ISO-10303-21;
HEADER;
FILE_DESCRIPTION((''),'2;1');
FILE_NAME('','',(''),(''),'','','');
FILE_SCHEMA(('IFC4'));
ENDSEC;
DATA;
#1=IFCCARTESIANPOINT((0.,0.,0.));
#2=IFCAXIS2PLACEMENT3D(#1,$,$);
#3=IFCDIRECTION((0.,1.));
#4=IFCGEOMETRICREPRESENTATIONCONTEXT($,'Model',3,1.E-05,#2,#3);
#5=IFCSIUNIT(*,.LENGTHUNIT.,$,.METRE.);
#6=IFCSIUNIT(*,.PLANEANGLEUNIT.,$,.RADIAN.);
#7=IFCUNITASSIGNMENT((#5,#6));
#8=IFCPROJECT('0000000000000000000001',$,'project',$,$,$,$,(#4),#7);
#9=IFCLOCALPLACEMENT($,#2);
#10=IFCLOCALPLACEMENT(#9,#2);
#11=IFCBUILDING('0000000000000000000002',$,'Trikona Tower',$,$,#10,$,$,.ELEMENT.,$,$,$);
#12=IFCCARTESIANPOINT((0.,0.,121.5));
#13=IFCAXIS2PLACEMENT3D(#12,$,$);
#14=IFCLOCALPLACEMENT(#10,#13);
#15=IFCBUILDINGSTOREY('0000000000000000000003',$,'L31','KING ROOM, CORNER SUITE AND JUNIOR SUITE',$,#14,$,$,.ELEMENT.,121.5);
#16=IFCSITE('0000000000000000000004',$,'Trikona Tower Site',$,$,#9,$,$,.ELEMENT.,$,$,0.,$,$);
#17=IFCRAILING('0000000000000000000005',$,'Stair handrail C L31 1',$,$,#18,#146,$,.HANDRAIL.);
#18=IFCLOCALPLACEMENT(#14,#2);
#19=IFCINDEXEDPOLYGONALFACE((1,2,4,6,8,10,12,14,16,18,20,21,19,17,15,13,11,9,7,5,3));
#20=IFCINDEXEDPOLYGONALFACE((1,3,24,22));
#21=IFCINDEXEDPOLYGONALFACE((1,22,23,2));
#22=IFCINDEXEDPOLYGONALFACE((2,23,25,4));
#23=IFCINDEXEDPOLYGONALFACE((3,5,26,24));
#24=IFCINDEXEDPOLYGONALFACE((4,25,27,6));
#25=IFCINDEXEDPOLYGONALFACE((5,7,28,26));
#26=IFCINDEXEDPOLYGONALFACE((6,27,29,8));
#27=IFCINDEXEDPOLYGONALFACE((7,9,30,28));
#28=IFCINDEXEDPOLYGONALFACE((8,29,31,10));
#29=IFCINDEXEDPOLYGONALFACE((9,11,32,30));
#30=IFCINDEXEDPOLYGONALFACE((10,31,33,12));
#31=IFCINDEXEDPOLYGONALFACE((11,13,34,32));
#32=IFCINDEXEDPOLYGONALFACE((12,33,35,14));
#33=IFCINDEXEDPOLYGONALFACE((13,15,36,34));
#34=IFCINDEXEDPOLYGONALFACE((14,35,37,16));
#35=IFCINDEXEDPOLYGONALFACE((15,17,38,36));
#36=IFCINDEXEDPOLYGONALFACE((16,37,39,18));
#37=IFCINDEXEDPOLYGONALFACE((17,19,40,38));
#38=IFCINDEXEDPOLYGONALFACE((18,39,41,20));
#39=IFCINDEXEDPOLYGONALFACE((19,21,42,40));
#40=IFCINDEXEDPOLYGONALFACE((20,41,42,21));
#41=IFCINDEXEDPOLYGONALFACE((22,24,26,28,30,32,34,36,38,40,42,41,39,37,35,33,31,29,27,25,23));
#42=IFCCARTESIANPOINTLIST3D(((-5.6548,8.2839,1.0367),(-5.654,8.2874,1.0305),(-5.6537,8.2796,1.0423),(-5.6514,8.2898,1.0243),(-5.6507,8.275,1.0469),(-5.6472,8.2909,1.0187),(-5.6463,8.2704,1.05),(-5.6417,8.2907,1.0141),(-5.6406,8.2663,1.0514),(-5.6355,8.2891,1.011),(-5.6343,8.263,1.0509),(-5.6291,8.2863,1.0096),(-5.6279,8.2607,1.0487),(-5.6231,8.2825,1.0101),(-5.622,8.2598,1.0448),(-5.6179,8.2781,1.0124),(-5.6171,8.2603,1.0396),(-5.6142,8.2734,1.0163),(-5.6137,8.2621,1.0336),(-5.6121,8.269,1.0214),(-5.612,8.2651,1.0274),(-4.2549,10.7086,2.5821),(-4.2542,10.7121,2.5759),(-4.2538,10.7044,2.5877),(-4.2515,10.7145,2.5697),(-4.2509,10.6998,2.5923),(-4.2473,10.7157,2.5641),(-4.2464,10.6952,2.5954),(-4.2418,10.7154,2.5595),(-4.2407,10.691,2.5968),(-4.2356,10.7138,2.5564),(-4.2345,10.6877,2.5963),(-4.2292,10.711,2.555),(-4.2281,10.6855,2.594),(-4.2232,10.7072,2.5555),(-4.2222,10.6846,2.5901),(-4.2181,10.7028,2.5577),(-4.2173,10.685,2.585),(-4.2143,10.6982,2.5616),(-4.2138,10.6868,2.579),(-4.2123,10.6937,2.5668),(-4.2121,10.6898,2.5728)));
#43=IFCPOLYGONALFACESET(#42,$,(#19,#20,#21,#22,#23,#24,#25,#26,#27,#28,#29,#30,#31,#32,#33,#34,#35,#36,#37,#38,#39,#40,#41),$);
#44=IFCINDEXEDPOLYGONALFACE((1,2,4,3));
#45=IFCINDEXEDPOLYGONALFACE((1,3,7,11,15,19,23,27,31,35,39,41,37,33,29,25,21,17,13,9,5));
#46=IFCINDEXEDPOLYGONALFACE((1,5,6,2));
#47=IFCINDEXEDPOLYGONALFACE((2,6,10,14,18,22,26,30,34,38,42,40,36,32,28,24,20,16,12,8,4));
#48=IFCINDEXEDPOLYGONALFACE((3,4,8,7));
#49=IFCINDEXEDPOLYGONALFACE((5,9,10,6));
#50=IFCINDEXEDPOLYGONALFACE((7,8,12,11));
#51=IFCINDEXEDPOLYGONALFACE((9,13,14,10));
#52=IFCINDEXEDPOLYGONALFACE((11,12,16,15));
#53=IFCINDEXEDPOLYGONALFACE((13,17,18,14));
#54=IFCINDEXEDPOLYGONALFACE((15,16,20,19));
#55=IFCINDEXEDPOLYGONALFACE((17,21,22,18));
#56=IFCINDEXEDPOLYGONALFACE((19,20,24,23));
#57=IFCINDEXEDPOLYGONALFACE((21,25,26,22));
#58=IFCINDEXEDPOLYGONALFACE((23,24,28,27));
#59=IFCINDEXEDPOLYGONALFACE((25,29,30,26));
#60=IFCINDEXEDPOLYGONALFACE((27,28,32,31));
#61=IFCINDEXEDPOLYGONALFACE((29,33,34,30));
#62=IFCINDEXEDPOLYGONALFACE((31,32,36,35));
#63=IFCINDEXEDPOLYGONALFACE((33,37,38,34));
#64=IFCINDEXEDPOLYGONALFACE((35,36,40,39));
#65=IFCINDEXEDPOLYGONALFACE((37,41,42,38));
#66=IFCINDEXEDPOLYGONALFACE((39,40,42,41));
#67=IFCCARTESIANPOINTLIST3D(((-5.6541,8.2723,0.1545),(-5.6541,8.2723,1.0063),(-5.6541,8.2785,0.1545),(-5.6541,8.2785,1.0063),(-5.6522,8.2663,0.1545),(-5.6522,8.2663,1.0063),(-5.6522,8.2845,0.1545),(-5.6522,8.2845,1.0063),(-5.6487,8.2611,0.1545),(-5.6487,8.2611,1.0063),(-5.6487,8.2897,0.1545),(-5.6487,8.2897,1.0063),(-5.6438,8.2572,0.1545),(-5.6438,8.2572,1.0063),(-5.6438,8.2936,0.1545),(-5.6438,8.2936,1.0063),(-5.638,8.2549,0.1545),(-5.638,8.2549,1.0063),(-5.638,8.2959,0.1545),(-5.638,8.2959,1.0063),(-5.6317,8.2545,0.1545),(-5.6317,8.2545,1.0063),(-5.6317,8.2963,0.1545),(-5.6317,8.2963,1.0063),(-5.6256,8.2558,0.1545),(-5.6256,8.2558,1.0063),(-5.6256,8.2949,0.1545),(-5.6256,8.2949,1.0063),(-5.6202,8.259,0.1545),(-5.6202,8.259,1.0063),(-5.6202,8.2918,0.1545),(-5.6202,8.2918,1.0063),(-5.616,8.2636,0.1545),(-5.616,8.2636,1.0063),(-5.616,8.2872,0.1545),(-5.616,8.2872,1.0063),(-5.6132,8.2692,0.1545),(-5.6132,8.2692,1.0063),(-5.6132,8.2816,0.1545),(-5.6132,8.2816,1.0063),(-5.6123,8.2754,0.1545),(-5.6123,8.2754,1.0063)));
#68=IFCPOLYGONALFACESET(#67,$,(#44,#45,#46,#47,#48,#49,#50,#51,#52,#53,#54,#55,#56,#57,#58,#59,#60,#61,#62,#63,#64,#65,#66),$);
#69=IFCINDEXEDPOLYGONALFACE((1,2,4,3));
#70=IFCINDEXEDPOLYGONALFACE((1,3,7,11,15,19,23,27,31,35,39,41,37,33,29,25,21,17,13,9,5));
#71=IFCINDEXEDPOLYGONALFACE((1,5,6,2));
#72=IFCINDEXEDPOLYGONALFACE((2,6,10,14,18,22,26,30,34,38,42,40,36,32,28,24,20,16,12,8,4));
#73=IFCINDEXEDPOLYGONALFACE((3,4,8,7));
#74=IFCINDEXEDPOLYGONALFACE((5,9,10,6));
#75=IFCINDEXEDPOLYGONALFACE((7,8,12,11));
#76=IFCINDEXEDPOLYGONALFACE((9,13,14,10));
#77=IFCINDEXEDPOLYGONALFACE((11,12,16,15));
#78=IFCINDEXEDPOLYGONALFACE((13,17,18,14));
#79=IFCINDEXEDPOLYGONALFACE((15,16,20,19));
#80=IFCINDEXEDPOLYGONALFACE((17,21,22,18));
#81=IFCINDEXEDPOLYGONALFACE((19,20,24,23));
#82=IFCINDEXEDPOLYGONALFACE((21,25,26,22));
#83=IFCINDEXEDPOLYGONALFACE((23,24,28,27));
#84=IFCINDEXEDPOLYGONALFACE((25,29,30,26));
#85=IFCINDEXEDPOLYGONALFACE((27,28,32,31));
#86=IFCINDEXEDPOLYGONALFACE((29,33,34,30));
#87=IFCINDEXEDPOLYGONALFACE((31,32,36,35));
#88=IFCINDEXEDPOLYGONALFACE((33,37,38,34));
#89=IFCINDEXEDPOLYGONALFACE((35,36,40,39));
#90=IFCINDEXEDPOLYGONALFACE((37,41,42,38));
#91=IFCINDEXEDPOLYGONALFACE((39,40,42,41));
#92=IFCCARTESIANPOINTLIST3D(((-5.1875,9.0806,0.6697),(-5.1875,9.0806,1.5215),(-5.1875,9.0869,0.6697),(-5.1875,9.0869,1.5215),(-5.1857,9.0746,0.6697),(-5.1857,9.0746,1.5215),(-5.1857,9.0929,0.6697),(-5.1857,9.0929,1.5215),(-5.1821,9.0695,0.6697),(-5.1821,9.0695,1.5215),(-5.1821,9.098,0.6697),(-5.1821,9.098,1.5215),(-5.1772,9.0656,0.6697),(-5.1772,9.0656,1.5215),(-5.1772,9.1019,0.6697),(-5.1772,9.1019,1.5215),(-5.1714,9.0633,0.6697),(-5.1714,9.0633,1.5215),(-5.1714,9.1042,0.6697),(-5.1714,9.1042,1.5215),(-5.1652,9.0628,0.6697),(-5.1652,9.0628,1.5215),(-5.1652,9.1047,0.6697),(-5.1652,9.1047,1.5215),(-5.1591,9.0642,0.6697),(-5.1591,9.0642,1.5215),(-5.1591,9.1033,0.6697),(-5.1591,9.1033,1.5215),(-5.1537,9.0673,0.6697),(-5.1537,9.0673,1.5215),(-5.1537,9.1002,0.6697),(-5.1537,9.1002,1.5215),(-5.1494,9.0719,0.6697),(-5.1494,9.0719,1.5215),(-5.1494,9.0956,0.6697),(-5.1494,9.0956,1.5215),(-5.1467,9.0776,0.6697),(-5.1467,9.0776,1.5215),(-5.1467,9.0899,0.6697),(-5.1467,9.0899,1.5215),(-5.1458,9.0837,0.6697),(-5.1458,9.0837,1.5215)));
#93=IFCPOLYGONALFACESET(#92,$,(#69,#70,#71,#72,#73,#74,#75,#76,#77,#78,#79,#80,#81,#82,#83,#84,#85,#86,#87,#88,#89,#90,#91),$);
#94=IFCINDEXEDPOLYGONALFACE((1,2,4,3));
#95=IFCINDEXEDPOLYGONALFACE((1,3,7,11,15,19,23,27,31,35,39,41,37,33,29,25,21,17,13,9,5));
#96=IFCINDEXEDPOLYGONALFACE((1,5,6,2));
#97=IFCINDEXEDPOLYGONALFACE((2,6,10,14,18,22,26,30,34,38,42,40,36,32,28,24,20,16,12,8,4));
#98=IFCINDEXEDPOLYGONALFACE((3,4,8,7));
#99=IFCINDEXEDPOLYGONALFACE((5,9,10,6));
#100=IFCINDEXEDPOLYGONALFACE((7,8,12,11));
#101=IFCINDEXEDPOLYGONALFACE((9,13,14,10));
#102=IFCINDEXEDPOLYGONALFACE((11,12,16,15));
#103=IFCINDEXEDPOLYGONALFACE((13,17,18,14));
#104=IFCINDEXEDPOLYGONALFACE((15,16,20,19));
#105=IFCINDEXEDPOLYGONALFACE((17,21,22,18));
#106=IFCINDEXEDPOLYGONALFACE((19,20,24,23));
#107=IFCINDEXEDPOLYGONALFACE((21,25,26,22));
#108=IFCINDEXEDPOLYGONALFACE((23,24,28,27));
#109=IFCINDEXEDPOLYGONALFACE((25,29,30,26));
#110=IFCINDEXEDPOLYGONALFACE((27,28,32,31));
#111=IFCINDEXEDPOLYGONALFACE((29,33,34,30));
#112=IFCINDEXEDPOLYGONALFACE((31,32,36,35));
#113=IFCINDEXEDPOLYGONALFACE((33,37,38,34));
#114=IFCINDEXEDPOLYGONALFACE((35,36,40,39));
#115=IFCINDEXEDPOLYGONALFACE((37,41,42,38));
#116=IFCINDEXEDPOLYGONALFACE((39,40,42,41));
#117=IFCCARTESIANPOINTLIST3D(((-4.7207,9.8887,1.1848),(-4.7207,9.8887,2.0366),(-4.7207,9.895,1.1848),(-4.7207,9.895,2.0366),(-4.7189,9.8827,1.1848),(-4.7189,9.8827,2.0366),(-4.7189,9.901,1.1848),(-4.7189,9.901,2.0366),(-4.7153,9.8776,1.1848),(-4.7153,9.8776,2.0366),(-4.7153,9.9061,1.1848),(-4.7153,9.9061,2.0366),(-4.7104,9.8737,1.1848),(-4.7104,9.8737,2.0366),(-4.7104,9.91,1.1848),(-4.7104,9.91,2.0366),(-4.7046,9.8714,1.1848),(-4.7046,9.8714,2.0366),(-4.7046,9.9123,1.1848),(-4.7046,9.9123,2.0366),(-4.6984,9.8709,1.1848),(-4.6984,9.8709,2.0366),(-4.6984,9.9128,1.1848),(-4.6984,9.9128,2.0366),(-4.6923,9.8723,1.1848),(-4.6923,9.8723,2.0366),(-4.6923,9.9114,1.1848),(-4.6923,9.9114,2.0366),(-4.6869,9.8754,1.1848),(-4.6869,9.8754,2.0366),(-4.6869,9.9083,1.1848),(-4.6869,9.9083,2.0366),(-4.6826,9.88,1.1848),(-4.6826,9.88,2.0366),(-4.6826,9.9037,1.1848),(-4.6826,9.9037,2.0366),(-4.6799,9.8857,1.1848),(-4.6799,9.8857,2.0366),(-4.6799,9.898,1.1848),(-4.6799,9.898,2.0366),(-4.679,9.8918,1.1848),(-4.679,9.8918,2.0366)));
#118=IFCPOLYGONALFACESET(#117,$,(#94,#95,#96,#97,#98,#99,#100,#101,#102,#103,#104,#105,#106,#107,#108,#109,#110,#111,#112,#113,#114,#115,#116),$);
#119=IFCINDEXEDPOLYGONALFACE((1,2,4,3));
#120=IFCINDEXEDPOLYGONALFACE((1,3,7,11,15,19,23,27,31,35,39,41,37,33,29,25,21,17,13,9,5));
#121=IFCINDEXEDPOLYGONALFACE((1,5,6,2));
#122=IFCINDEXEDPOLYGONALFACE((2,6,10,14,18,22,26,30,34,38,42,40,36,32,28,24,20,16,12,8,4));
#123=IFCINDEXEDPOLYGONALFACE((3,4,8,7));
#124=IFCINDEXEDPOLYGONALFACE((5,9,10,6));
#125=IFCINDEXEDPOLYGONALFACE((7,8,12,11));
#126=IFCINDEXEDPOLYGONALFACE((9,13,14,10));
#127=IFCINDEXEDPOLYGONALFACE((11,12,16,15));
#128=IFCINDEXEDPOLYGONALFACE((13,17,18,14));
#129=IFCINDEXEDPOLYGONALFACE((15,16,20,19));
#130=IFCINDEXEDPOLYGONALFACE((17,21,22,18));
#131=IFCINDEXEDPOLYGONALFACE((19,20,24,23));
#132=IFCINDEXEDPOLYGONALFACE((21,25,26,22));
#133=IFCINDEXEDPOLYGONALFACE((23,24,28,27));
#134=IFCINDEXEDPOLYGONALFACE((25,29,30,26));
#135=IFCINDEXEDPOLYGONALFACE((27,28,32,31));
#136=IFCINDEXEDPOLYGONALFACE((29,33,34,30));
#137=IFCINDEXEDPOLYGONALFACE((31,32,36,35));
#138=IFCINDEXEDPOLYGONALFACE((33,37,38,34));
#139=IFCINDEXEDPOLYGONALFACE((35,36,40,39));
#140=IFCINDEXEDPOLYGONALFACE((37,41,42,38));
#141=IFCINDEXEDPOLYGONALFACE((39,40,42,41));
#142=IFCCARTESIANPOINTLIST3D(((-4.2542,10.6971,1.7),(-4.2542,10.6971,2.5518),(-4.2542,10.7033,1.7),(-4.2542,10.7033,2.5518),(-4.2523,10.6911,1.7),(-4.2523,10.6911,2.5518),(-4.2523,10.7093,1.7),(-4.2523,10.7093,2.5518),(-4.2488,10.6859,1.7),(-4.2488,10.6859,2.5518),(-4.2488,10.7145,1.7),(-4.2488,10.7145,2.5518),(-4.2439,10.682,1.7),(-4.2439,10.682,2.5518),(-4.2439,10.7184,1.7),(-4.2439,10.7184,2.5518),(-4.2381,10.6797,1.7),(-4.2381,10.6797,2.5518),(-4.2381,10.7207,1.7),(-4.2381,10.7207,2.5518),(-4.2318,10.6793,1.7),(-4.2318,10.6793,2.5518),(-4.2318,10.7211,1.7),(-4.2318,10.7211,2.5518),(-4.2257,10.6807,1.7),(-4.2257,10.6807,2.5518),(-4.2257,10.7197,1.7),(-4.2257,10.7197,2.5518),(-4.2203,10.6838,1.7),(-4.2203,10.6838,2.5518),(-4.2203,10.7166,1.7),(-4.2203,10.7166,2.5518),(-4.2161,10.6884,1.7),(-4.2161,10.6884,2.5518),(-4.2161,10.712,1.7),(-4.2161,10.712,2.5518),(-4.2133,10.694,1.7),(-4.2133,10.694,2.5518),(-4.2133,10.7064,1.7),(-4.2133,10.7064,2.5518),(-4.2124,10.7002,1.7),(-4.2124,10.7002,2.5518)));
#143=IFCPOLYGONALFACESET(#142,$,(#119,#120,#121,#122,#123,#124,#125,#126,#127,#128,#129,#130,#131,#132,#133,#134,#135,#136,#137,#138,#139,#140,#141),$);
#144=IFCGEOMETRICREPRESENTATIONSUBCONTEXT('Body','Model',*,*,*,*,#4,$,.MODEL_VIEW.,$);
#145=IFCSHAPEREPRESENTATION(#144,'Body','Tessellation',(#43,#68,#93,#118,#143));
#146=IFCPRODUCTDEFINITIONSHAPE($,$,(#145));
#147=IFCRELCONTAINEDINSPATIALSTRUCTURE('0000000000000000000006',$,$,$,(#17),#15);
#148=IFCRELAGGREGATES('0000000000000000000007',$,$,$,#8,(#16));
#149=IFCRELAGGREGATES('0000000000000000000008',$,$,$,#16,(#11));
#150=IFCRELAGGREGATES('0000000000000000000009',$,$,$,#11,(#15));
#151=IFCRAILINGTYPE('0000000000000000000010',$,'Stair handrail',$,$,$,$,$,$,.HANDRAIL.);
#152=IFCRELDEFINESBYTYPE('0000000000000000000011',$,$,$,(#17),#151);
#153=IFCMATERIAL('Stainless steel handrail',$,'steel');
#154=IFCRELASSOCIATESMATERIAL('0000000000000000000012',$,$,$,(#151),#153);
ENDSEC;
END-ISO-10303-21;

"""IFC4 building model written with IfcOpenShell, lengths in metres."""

from ifc_helpers import new_model, si_unit, direction, frame, origin, origin_2d, place, context, subcontext, project, spatial, circle, extrude, material, type_object, element, save


model = new_model("IFC4")

# Units and contexts
model_context = context("Model", 3, precision=1e-05, world=origin(), true_north=direction((0.0, 1.0)))
body_context = subcontext(model_context, "Body", "Model", "MODEL_VIEW")
ifc_project = project(units=[si_unit("LENGTHUNIT", "METRE"), si_unit("PLANEANGLEUNIT", "RADIAN")], contexts=[model_context])

# Site, building, storey
site_placement = place(None, origin())
site = spatial("IfcSite", under=ifc_project, at=site_placement, Name="Trikona Tower Site", CompositionType="ELEMENT", RefElevation=0.0)
building_placement = place(site_placement, origin())
building = spatial("IfcBuilding", under=site, at=building_placement, Name="Trikona Tower", CompositionType="ELEMENT")
storey_placement = place(building_placement, frame((0.0, 0.0, 121.5)))
storey = spatial("IfcBuildingStorey", under=building, at=storey_placement, Name="L31", Description="KING ROOM, CORNER SUITE AND JUNIOR SUITE", CompositionType="ELEMENT", Elevation=121.5)

# Railing
ifc_material_1 = material(Name="Stainless steel handrail", Category="steel")
railing_type = type_object("IfcRailingType", Name="Stair handrail", PredefinedType="HANDRAIL", material=ifc_material_1)
railing_1_placement = place(storey_placement, frame((-5.6333, 8.2754, 0.1545)))
element("IfcRailing", 1, at=railing_1_placement, inside=storey, type_object=railing_type, Name="Stair handrail C L31 1", PredefinedType="HANDRAIL", context=body_context, shape_type="SweptSolid", body=[
    extrude(circle(Radius=0.0239, at=origin_2d()), frame((0.0, 0.0, 0.876), z_axis=(0.437733, 0.758207, 0.483231), x_axis=(-0.866035, 0.499984, 0.0)), (0.0, 0.0, 1.0), 3.198),
    extrude(circle(Radius=0.021, at=origin_2d()), origin(), (0.0, 0.0, 1.0), 0.8518),
    extrude(circle(Radius=0.021, at=origin_2d()), frame((0.4666, 0.8083, 0.5151)), (0.0, 0.0, 1.0), 0.8518),
    extrude(circle(Radius=0.021, at=origin_2d()), frame((0.9333, 1.6165, 1.0303)), (0.0, 0.0, 1.0), 0.8518),
    extrude(circle(Radius=0.021, at=origin_2d()), frame((1.3999, 2.4248, 1.5454)), (0.0, 0.0, 1.0), 0.8518),
])

save(model, "model.ifc")
